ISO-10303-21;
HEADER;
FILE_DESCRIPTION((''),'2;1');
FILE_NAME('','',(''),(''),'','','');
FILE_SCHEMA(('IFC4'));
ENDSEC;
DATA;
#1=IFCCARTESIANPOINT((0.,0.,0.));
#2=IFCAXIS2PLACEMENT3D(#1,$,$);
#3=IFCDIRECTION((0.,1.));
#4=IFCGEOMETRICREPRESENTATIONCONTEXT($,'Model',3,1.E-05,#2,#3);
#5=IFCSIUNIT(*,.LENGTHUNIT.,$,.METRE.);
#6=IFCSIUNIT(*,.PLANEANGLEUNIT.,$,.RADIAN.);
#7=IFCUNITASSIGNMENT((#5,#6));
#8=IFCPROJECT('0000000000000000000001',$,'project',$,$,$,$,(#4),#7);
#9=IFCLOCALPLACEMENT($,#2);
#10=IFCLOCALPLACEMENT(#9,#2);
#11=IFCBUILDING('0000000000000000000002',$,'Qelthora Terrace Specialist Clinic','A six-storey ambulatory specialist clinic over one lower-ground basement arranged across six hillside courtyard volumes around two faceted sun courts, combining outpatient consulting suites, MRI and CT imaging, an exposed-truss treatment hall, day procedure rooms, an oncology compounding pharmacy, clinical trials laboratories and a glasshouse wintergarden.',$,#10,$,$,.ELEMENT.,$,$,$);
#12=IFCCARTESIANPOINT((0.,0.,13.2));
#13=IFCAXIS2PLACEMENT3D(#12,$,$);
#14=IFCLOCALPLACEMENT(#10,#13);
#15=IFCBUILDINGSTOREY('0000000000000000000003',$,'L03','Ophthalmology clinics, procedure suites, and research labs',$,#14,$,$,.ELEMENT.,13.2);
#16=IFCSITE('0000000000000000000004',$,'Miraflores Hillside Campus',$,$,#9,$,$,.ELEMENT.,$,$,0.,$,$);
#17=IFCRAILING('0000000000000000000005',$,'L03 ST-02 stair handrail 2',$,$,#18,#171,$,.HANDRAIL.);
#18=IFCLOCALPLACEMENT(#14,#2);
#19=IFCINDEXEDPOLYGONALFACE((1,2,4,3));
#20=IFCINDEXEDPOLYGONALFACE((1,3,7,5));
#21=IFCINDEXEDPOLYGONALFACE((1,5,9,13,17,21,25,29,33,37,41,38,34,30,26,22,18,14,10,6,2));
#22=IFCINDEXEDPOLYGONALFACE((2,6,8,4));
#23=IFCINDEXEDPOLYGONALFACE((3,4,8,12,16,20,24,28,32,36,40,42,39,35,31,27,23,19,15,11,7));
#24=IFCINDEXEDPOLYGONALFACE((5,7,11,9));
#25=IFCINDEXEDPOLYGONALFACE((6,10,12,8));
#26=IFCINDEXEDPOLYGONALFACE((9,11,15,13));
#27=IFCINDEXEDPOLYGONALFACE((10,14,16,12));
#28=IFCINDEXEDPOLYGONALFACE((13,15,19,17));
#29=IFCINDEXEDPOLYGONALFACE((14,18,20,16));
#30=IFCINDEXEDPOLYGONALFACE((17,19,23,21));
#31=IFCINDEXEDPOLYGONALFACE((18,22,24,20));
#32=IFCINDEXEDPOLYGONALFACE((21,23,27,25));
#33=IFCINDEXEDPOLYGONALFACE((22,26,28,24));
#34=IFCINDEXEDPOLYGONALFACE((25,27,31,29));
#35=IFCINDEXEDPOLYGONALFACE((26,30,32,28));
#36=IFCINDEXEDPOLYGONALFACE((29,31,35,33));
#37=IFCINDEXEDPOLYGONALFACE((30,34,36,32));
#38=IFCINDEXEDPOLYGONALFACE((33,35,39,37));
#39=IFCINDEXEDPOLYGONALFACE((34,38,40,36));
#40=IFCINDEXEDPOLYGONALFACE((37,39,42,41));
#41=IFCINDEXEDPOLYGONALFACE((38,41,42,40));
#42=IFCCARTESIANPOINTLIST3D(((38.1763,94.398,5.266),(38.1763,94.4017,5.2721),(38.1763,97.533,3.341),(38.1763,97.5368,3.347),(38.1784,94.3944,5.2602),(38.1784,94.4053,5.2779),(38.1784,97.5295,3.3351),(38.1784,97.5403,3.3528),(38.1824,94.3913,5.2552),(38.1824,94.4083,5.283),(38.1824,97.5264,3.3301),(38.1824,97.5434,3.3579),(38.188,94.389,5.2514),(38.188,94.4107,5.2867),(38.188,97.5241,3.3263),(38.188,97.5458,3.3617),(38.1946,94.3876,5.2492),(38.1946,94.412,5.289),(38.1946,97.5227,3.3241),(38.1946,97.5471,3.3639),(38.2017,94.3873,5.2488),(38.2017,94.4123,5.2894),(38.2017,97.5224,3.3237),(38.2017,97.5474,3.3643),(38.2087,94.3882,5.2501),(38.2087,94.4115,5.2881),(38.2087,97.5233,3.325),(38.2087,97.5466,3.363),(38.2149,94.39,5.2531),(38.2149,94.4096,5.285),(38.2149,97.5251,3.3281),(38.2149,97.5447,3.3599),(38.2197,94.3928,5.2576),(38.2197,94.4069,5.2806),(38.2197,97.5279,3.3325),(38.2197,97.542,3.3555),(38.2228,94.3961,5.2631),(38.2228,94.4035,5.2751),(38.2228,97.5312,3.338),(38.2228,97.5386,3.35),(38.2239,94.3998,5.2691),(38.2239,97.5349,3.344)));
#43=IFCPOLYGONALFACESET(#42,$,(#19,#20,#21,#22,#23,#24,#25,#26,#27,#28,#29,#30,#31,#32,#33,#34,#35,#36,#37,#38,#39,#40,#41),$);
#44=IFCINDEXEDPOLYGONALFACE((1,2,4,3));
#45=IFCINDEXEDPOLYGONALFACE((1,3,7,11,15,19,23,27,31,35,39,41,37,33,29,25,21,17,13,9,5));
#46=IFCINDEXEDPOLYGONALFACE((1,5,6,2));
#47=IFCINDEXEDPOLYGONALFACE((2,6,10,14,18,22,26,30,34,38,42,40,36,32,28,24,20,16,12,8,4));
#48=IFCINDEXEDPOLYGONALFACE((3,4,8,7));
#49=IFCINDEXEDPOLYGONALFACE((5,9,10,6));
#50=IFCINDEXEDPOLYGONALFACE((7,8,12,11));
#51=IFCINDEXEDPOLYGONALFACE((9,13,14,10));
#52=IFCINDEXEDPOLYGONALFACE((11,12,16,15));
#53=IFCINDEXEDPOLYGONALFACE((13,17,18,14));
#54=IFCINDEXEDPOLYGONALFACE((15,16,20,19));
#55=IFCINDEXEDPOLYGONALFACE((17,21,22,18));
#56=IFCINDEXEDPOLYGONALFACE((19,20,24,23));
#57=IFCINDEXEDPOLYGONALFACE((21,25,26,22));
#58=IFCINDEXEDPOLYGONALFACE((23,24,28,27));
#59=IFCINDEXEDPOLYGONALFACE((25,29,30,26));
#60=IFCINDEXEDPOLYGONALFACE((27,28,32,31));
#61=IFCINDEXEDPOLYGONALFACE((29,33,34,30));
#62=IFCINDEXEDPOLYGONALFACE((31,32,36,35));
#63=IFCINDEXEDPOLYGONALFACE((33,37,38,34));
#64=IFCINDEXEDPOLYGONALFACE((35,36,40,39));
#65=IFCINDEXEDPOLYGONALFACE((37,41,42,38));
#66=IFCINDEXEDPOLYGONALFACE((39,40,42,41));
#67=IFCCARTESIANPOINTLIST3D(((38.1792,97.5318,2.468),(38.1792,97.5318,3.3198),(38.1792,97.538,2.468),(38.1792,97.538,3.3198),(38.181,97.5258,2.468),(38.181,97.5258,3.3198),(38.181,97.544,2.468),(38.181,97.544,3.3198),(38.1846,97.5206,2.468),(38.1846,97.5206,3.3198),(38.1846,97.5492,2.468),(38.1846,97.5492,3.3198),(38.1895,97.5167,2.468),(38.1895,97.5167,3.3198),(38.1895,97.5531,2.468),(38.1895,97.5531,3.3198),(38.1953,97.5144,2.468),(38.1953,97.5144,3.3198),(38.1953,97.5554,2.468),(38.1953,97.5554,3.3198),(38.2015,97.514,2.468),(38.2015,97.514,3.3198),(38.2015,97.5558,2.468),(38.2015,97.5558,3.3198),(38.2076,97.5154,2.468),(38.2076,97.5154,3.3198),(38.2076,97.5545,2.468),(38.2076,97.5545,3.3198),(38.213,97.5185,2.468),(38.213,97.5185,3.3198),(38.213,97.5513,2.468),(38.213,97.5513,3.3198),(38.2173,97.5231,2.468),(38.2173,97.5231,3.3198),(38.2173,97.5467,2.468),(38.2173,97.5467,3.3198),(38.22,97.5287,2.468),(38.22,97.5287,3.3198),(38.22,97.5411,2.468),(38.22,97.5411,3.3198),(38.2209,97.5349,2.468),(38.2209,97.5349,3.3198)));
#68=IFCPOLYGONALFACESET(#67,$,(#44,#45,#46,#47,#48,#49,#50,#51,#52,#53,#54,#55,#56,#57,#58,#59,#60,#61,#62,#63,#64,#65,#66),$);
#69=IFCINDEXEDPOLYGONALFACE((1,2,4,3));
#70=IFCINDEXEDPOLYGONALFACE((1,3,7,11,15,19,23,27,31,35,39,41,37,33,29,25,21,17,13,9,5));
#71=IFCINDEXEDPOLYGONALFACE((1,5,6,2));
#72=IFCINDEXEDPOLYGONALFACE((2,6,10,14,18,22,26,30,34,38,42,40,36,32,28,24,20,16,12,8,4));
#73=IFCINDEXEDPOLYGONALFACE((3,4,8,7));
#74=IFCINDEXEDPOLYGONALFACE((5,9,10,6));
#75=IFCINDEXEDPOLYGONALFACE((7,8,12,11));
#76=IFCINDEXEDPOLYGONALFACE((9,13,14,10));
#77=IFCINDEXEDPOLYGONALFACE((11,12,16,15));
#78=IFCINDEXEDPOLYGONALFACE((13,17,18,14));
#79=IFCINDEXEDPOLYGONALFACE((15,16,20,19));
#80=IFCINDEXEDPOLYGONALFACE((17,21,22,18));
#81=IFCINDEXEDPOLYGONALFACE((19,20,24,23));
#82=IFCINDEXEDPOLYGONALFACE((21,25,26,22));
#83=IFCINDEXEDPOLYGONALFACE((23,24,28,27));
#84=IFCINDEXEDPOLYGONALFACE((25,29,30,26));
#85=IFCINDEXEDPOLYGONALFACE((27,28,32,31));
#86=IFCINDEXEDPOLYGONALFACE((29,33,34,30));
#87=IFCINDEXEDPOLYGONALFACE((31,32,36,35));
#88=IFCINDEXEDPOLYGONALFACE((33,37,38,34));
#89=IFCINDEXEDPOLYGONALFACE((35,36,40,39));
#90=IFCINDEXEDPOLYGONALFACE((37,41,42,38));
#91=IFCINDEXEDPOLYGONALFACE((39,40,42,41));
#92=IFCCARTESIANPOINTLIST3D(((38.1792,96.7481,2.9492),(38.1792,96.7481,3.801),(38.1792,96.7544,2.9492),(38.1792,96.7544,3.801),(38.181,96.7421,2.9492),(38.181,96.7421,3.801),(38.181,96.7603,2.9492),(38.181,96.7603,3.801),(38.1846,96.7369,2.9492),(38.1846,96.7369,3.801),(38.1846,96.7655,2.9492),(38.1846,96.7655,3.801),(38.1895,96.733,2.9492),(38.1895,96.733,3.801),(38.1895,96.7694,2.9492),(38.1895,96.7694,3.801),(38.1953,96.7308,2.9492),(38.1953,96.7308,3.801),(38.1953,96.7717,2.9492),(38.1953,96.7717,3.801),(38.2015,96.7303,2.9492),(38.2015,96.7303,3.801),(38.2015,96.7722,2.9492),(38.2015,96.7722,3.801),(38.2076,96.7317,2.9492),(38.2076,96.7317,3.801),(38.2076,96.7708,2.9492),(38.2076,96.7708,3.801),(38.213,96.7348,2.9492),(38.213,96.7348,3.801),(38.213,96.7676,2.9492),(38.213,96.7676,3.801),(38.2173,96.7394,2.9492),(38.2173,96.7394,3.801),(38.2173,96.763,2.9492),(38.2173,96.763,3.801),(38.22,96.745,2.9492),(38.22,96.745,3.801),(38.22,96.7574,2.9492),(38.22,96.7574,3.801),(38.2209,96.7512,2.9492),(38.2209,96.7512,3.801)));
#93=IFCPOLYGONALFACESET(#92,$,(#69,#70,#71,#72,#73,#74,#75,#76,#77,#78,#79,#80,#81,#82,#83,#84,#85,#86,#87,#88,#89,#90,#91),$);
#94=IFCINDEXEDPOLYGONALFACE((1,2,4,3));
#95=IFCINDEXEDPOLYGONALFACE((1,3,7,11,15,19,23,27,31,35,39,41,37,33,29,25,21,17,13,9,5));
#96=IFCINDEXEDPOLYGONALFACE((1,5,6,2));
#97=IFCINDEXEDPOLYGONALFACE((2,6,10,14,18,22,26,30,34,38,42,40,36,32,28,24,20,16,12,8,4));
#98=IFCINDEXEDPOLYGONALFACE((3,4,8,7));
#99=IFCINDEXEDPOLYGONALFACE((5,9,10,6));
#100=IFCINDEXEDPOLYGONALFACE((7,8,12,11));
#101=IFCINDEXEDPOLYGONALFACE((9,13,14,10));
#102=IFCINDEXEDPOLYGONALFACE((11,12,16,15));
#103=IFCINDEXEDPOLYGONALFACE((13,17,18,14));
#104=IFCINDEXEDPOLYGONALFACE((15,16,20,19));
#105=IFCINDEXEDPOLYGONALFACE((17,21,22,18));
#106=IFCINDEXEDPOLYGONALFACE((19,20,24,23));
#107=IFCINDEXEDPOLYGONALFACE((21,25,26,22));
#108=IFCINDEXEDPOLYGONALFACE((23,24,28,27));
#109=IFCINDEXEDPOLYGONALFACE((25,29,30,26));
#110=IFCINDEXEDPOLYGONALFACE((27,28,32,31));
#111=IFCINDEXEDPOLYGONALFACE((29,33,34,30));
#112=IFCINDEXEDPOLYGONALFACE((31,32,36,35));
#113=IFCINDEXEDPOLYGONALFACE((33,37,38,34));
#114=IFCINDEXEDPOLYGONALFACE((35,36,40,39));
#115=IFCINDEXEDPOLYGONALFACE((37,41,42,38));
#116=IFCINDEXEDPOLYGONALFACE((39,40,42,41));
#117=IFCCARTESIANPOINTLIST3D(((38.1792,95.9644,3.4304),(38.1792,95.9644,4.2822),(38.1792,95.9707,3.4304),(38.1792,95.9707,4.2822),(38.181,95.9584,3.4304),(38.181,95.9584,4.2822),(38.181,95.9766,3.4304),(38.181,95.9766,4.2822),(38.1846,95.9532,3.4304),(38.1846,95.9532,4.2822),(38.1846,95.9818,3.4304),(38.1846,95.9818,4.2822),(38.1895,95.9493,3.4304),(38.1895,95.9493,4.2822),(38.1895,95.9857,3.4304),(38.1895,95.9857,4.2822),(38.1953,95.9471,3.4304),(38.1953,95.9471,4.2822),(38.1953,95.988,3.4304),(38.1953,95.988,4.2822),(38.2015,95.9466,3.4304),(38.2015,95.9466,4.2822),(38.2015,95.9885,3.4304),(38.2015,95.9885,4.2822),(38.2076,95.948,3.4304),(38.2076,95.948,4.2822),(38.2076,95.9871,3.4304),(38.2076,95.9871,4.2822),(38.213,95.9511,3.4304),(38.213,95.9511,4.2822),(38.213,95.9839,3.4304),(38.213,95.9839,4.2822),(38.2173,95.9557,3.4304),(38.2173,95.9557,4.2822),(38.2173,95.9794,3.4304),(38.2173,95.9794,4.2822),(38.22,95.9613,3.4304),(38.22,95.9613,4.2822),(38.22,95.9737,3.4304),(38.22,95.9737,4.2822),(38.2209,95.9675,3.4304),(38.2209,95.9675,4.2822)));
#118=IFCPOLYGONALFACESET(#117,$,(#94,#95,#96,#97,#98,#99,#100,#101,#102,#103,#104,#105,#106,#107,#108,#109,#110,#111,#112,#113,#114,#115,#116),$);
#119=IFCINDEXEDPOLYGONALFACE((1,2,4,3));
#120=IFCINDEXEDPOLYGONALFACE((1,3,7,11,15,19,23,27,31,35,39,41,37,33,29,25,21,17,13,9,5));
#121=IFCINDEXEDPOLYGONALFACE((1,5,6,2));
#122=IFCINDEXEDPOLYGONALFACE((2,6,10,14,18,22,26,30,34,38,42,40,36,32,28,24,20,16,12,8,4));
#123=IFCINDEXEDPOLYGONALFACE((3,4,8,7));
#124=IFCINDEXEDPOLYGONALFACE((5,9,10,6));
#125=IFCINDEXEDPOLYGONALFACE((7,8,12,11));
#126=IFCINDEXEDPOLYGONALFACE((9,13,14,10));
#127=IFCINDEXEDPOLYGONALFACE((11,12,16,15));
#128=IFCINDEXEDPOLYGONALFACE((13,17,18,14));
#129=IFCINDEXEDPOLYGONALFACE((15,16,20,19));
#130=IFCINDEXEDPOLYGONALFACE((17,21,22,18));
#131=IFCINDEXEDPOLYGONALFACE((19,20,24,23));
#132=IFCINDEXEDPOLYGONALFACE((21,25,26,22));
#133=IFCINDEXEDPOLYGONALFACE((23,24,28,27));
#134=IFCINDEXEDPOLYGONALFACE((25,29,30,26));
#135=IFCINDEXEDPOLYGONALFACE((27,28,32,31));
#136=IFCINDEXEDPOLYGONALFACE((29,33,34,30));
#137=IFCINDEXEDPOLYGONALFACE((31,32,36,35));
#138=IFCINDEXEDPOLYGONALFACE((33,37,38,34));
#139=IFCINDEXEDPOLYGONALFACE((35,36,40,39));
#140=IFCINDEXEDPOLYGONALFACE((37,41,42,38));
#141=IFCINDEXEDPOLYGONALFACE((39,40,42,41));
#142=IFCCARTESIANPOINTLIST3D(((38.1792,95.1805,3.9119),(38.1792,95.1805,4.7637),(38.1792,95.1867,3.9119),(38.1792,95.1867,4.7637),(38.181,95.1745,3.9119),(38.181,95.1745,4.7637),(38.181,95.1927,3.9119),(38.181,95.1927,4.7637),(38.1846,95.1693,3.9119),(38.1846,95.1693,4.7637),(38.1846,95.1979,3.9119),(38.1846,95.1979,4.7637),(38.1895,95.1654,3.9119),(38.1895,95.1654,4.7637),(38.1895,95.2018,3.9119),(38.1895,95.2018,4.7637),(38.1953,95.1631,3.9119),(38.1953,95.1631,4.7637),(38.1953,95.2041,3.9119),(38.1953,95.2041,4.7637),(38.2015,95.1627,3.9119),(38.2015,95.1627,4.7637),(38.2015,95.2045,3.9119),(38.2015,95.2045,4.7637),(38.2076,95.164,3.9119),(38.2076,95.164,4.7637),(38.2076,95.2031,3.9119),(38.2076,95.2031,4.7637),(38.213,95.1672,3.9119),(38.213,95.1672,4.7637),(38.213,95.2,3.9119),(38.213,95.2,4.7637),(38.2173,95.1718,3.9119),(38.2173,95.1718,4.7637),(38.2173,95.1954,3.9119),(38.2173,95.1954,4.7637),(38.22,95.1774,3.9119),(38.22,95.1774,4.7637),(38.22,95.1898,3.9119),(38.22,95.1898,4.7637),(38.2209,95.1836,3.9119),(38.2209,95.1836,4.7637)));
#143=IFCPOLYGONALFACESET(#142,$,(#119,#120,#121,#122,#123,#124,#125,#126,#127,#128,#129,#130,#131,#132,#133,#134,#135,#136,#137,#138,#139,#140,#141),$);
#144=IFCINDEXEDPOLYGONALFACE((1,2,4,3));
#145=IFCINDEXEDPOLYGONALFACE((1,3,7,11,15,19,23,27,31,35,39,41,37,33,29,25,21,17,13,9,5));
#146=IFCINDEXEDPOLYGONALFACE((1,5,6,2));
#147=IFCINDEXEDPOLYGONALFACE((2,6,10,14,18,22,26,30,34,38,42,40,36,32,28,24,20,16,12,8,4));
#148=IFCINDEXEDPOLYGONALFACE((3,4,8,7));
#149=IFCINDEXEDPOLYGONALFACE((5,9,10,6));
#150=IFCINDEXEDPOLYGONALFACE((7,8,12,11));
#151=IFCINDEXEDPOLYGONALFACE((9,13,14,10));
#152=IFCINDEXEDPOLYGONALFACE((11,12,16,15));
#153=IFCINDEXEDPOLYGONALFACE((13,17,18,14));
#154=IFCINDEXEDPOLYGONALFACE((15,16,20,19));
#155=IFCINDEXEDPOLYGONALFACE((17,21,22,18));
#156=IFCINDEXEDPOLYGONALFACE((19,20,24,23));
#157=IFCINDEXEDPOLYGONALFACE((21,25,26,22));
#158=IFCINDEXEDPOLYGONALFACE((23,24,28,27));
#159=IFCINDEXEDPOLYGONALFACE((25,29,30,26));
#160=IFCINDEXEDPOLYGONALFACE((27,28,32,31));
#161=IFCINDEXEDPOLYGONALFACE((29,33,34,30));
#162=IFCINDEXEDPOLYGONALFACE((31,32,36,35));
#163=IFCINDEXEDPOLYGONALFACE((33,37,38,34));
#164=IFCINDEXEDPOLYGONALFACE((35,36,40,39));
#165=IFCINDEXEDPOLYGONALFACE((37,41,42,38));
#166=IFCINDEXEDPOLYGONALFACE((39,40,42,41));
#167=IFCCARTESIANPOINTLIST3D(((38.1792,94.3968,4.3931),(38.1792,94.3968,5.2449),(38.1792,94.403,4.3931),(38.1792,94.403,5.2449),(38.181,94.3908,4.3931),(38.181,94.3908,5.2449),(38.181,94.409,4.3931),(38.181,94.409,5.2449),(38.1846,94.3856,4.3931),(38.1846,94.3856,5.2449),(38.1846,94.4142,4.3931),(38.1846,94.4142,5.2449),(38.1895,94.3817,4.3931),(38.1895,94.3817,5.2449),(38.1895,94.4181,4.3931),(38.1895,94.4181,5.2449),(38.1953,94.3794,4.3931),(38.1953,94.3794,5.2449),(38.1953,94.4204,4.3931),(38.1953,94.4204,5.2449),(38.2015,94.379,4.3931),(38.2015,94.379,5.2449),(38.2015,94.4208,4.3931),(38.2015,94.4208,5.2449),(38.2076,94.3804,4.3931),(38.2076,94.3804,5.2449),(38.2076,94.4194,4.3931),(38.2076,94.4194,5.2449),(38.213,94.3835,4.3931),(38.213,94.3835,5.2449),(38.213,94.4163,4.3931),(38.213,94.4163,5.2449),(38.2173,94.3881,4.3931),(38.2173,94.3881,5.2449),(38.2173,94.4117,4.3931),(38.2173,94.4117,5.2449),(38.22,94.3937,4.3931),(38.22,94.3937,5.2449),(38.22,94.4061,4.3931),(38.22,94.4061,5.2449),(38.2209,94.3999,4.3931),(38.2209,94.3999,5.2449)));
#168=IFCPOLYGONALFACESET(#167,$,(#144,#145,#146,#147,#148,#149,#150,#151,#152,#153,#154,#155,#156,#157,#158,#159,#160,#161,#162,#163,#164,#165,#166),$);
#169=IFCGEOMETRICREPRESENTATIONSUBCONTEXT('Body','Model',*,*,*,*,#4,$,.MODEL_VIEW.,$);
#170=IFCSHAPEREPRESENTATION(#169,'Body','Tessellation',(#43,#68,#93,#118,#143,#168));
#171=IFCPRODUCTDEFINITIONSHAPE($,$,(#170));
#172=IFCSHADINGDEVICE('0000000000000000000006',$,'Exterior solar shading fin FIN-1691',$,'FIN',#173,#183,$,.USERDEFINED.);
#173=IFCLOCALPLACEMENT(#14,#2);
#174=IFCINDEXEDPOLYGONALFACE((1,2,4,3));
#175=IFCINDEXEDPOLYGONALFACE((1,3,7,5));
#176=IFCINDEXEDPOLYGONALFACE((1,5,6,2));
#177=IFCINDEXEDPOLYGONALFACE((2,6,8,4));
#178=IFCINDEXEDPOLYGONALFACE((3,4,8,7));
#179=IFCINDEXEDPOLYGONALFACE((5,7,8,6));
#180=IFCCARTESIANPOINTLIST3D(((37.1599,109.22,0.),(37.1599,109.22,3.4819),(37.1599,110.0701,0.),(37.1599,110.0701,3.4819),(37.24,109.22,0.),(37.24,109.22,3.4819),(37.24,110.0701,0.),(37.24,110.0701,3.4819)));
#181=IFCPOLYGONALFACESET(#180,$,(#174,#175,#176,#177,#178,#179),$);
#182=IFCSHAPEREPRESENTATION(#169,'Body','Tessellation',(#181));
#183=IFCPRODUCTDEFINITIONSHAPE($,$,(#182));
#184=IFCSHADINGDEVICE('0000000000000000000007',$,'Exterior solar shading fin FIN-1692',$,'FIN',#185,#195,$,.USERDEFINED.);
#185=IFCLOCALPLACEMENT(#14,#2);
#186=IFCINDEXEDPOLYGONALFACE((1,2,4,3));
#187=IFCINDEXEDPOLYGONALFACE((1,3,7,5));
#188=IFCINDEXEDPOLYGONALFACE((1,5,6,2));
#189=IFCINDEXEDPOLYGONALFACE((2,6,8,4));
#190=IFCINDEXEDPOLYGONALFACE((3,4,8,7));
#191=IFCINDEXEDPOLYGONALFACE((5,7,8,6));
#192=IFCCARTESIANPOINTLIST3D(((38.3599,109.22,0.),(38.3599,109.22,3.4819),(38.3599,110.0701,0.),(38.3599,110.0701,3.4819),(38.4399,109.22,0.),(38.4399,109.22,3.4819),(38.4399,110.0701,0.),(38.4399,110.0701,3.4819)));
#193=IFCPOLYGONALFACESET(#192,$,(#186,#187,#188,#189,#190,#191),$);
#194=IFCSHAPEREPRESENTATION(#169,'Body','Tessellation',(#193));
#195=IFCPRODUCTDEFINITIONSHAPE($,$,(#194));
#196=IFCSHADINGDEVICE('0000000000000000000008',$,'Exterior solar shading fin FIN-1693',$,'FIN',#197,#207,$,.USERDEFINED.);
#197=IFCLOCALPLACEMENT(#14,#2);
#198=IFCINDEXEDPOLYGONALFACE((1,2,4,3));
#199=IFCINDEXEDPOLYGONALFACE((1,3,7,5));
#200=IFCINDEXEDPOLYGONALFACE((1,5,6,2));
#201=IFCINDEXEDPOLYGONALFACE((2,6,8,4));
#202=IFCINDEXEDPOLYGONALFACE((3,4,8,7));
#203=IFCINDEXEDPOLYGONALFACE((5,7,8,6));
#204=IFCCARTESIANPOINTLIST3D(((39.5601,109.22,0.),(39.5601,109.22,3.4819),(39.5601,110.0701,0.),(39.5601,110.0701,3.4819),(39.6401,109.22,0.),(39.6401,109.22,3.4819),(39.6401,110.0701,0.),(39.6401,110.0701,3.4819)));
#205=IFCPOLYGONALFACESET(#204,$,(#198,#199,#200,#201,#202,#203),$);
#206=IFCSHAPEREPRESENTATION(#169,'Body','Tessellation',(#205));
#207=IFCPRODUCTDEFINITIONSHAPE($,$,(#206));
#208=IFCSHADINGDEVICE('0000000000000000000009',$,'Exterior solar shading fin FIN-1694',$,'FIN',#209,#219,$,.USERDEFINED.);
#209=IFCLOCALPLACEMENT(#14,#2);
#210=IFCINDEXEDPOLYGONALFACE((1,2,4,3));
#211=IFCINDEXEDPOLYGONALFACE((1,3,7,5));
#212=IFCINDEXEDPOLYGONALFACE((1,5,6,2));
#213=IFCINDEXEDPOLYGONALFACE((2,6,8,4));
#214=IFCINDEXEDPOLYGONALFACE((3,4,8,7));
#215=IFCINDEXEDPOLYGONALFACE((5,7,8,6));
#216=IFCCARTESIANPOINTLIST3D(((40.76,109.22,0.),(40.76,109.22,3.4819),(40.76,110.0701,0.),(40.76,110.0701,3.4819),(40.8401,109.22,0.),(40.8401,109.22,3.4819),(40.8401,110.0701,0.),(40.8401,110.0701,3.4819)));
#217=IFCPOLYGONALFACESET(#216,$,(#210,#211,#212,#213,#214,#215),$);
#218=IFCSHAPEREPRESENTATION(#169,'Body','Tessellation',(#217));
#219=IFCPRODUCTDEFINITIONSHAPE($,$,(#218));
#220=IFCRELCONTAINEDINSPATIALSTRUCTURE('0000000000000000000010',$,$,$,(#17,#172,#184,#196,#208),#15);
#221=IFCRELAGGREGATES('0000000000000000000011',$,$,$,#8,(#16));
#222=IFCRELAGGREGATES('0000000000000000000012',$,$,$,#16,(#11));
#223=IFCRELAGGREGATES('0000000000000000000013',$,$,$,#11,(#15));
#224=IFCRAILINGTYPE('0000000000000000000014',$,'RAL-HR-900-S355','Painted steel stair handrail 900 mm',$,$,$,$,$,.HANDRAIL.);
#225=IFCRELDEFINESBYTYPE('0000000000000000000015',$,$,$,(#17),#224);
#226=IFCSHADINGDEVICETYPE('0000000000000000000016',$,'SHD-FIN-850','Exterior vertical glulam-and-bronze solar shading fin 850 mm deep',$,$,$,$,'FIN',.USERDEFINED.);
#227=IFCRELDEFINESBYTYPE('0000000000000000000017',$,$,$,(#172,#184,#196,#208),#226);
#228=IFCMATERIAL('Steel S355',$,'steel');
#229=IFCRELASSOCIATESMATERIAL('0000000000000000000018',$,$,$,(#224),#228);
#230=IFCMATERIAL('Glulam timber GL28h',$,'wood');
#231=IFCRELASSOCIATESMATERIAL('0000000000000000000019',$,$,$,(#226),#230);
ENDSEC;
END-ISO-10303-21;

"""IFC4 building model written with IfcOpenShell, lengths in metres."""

from ifc_helpers import new_model, si_unit, direction, frame, origin, origin_2d, place, context, subcontext, project, spatial, rectangle, circle, extrude, material, type_object, element, save


model = new_model("IFC4")

# Units and contexts
model_context = context("Model", 3, precision=1e-05, world=origin(), true_north=direction((0.0, 1.0)))
body_context = subcontext(model_context, "Body", "Model", "MODEL_VIEW")
ifc_project = project(units=[si_unit("LENGTHUNIT", "METRE"), si_unit("PLANEANGLEUNIT", "RADIAN")], contexts=[model_context])

# Site, building, storey
site_placement = place(None, origin())
site = spatial("IfcSite", under=ifc_project, at=site_placement, Name="Miraflores Hillside Campus", CompositionType="ELEMENT", RefElevation=0.0)
building_placement = place(site_placement, origin())
building = spatial("IfcBuilding", under=site, at=building_placement, Name="Qelthora Terrace Specialist Clinic", Description="A six-storey ambulatory specialist clinic over one lower-ground basement arranged across six hillside courtyard volumes around two faceted sun courts, combining outpatient consulting suites, MRI and CT imaging, an exposed-truss treatment hall, day procedure rooms, an oncology compounding pharmacy, clinical trials laboratories and a glasshouse wintergarden.", CompositionType="ELEMENT")
storey_placement = place(building_placement, frame((0.0, 0.0, 13.2)))
storey = spatial("IfcBuildingStorey", under=building, at=storey_placement, Name="L03", Description="Ophthalmology clinics, procedure suites, and research labs", CompositionType="ELEMENT", Elevation=13.2)

# Shared definitions
ifc_material_1 = material(Name="Steel S355", Category="steel")

# Railing
railing_type_1 = type_object("IfcRailingType", Name="RAL-HR-900-S355", Description="Painted steel stair handrail 900 mm", PredefinedType="HANDRAIL", material=ifc_material_1)
railing_1_placement = place(storey_placement, frame((38.2, 97.5349, 2.468)))
element("IfcRailing", 1, at=railing_1_placement, inside=storey, type_object=railing_type_1, Name="L03 ST-02 stair handrail 2", PredefinedType="HANDRAIL", context=body_context, shape_type="SweptSolid", body=[
    extrude(circle(Radius=0.0239, at=origin_2d()), frame((0.0, 0.0, 0.876), z_axis=(0.0, -0.852166, 0.523271), x_axis=(1.0, 0.0, 0.0)), (0.0, 0.0, 1.0), 3.679),
    extrude(circle(Radius=0.021, at=origin_2d()), origin(), (0.0, 0.0, 1.0), 0.8518),
    extrude(circle(Radius=0.021, at=origin_2d()), frame((0.0, -0.7837, 0.4812)), (0.0, 0.0, 1.0), 0.8518),
    extrude(circle(Radius=0.021, at=origin_2d()), frame((0.0, -1.5674, 0.9624)), (0.0, 0.0, 1.0), 0.8518),
    extrude(circle(Radius=0.021, at=origin_2d()), frame((0.0, -2.3513, 1.4438)), (0.0, 0.0, 1.0), 0.8518),
    extrude(circle(Radius=0.021, at=origin_2d()), frame((0.0, -3.135, 1.925)), (0.0, 0.0, 1.0), 0.8518),
])

# Shading devices
ifc_material_2 = material(Name="Glulam timber GL28h", Category="wood")
shading_device_type = type_object("IfcShadingDeviceType", Name="SHD-FIN-850", Description="Exterior vertical glulam-and-bronze solar shading fin 850 mm deep", ElementType="FIN", PredefinedType="USERDEFINED", material=ifc_material_2)
for number, where, z_axis, x_axis, name in (
    (2, (37.2, 109.645, 0.0), (0.0, 0.0, 1.0), (0.0, 1.0, 0.0), "Exterior solar shading fin FIN-1691"),
    (3, (38.3999, 109.645, 0.0), (0.0, 0.0, 1.0), (0.0, 1.0, 0.0), "Exterior solar shading fin FIN-1692"),
    (4, (39.6001, 109.645, 0.0), (0.0, 0.0, 1.0), (0.0, 1.0, 0.0), "Exterior solar shading fin FIN-1693"),
    (5, (40.8, 109.645, 0.0), (0.0, 0.0, 1.0), (0.0, 1.0, 0.0), "Exterior solar shading fin FIN-1694"),
):
    element("IfcShadingDevice", number, at=place(storey_placement, frame(where, z_axis=z_axis, x_axis=x_axis)), inside=storey, type_object=shading_device_type, Name=name, ObjectType="FIN", PredefinedType="USERDEFINED", context=body_context, shape_type="SweptSolid", body=[
        extrude(rectangle(XDim=0.8501, YDim=0.0801, at=origin_2d()), origin(), (0.0, 0.0, 1.0), 3.4819),
    ])

save(model, "model.ifc")
